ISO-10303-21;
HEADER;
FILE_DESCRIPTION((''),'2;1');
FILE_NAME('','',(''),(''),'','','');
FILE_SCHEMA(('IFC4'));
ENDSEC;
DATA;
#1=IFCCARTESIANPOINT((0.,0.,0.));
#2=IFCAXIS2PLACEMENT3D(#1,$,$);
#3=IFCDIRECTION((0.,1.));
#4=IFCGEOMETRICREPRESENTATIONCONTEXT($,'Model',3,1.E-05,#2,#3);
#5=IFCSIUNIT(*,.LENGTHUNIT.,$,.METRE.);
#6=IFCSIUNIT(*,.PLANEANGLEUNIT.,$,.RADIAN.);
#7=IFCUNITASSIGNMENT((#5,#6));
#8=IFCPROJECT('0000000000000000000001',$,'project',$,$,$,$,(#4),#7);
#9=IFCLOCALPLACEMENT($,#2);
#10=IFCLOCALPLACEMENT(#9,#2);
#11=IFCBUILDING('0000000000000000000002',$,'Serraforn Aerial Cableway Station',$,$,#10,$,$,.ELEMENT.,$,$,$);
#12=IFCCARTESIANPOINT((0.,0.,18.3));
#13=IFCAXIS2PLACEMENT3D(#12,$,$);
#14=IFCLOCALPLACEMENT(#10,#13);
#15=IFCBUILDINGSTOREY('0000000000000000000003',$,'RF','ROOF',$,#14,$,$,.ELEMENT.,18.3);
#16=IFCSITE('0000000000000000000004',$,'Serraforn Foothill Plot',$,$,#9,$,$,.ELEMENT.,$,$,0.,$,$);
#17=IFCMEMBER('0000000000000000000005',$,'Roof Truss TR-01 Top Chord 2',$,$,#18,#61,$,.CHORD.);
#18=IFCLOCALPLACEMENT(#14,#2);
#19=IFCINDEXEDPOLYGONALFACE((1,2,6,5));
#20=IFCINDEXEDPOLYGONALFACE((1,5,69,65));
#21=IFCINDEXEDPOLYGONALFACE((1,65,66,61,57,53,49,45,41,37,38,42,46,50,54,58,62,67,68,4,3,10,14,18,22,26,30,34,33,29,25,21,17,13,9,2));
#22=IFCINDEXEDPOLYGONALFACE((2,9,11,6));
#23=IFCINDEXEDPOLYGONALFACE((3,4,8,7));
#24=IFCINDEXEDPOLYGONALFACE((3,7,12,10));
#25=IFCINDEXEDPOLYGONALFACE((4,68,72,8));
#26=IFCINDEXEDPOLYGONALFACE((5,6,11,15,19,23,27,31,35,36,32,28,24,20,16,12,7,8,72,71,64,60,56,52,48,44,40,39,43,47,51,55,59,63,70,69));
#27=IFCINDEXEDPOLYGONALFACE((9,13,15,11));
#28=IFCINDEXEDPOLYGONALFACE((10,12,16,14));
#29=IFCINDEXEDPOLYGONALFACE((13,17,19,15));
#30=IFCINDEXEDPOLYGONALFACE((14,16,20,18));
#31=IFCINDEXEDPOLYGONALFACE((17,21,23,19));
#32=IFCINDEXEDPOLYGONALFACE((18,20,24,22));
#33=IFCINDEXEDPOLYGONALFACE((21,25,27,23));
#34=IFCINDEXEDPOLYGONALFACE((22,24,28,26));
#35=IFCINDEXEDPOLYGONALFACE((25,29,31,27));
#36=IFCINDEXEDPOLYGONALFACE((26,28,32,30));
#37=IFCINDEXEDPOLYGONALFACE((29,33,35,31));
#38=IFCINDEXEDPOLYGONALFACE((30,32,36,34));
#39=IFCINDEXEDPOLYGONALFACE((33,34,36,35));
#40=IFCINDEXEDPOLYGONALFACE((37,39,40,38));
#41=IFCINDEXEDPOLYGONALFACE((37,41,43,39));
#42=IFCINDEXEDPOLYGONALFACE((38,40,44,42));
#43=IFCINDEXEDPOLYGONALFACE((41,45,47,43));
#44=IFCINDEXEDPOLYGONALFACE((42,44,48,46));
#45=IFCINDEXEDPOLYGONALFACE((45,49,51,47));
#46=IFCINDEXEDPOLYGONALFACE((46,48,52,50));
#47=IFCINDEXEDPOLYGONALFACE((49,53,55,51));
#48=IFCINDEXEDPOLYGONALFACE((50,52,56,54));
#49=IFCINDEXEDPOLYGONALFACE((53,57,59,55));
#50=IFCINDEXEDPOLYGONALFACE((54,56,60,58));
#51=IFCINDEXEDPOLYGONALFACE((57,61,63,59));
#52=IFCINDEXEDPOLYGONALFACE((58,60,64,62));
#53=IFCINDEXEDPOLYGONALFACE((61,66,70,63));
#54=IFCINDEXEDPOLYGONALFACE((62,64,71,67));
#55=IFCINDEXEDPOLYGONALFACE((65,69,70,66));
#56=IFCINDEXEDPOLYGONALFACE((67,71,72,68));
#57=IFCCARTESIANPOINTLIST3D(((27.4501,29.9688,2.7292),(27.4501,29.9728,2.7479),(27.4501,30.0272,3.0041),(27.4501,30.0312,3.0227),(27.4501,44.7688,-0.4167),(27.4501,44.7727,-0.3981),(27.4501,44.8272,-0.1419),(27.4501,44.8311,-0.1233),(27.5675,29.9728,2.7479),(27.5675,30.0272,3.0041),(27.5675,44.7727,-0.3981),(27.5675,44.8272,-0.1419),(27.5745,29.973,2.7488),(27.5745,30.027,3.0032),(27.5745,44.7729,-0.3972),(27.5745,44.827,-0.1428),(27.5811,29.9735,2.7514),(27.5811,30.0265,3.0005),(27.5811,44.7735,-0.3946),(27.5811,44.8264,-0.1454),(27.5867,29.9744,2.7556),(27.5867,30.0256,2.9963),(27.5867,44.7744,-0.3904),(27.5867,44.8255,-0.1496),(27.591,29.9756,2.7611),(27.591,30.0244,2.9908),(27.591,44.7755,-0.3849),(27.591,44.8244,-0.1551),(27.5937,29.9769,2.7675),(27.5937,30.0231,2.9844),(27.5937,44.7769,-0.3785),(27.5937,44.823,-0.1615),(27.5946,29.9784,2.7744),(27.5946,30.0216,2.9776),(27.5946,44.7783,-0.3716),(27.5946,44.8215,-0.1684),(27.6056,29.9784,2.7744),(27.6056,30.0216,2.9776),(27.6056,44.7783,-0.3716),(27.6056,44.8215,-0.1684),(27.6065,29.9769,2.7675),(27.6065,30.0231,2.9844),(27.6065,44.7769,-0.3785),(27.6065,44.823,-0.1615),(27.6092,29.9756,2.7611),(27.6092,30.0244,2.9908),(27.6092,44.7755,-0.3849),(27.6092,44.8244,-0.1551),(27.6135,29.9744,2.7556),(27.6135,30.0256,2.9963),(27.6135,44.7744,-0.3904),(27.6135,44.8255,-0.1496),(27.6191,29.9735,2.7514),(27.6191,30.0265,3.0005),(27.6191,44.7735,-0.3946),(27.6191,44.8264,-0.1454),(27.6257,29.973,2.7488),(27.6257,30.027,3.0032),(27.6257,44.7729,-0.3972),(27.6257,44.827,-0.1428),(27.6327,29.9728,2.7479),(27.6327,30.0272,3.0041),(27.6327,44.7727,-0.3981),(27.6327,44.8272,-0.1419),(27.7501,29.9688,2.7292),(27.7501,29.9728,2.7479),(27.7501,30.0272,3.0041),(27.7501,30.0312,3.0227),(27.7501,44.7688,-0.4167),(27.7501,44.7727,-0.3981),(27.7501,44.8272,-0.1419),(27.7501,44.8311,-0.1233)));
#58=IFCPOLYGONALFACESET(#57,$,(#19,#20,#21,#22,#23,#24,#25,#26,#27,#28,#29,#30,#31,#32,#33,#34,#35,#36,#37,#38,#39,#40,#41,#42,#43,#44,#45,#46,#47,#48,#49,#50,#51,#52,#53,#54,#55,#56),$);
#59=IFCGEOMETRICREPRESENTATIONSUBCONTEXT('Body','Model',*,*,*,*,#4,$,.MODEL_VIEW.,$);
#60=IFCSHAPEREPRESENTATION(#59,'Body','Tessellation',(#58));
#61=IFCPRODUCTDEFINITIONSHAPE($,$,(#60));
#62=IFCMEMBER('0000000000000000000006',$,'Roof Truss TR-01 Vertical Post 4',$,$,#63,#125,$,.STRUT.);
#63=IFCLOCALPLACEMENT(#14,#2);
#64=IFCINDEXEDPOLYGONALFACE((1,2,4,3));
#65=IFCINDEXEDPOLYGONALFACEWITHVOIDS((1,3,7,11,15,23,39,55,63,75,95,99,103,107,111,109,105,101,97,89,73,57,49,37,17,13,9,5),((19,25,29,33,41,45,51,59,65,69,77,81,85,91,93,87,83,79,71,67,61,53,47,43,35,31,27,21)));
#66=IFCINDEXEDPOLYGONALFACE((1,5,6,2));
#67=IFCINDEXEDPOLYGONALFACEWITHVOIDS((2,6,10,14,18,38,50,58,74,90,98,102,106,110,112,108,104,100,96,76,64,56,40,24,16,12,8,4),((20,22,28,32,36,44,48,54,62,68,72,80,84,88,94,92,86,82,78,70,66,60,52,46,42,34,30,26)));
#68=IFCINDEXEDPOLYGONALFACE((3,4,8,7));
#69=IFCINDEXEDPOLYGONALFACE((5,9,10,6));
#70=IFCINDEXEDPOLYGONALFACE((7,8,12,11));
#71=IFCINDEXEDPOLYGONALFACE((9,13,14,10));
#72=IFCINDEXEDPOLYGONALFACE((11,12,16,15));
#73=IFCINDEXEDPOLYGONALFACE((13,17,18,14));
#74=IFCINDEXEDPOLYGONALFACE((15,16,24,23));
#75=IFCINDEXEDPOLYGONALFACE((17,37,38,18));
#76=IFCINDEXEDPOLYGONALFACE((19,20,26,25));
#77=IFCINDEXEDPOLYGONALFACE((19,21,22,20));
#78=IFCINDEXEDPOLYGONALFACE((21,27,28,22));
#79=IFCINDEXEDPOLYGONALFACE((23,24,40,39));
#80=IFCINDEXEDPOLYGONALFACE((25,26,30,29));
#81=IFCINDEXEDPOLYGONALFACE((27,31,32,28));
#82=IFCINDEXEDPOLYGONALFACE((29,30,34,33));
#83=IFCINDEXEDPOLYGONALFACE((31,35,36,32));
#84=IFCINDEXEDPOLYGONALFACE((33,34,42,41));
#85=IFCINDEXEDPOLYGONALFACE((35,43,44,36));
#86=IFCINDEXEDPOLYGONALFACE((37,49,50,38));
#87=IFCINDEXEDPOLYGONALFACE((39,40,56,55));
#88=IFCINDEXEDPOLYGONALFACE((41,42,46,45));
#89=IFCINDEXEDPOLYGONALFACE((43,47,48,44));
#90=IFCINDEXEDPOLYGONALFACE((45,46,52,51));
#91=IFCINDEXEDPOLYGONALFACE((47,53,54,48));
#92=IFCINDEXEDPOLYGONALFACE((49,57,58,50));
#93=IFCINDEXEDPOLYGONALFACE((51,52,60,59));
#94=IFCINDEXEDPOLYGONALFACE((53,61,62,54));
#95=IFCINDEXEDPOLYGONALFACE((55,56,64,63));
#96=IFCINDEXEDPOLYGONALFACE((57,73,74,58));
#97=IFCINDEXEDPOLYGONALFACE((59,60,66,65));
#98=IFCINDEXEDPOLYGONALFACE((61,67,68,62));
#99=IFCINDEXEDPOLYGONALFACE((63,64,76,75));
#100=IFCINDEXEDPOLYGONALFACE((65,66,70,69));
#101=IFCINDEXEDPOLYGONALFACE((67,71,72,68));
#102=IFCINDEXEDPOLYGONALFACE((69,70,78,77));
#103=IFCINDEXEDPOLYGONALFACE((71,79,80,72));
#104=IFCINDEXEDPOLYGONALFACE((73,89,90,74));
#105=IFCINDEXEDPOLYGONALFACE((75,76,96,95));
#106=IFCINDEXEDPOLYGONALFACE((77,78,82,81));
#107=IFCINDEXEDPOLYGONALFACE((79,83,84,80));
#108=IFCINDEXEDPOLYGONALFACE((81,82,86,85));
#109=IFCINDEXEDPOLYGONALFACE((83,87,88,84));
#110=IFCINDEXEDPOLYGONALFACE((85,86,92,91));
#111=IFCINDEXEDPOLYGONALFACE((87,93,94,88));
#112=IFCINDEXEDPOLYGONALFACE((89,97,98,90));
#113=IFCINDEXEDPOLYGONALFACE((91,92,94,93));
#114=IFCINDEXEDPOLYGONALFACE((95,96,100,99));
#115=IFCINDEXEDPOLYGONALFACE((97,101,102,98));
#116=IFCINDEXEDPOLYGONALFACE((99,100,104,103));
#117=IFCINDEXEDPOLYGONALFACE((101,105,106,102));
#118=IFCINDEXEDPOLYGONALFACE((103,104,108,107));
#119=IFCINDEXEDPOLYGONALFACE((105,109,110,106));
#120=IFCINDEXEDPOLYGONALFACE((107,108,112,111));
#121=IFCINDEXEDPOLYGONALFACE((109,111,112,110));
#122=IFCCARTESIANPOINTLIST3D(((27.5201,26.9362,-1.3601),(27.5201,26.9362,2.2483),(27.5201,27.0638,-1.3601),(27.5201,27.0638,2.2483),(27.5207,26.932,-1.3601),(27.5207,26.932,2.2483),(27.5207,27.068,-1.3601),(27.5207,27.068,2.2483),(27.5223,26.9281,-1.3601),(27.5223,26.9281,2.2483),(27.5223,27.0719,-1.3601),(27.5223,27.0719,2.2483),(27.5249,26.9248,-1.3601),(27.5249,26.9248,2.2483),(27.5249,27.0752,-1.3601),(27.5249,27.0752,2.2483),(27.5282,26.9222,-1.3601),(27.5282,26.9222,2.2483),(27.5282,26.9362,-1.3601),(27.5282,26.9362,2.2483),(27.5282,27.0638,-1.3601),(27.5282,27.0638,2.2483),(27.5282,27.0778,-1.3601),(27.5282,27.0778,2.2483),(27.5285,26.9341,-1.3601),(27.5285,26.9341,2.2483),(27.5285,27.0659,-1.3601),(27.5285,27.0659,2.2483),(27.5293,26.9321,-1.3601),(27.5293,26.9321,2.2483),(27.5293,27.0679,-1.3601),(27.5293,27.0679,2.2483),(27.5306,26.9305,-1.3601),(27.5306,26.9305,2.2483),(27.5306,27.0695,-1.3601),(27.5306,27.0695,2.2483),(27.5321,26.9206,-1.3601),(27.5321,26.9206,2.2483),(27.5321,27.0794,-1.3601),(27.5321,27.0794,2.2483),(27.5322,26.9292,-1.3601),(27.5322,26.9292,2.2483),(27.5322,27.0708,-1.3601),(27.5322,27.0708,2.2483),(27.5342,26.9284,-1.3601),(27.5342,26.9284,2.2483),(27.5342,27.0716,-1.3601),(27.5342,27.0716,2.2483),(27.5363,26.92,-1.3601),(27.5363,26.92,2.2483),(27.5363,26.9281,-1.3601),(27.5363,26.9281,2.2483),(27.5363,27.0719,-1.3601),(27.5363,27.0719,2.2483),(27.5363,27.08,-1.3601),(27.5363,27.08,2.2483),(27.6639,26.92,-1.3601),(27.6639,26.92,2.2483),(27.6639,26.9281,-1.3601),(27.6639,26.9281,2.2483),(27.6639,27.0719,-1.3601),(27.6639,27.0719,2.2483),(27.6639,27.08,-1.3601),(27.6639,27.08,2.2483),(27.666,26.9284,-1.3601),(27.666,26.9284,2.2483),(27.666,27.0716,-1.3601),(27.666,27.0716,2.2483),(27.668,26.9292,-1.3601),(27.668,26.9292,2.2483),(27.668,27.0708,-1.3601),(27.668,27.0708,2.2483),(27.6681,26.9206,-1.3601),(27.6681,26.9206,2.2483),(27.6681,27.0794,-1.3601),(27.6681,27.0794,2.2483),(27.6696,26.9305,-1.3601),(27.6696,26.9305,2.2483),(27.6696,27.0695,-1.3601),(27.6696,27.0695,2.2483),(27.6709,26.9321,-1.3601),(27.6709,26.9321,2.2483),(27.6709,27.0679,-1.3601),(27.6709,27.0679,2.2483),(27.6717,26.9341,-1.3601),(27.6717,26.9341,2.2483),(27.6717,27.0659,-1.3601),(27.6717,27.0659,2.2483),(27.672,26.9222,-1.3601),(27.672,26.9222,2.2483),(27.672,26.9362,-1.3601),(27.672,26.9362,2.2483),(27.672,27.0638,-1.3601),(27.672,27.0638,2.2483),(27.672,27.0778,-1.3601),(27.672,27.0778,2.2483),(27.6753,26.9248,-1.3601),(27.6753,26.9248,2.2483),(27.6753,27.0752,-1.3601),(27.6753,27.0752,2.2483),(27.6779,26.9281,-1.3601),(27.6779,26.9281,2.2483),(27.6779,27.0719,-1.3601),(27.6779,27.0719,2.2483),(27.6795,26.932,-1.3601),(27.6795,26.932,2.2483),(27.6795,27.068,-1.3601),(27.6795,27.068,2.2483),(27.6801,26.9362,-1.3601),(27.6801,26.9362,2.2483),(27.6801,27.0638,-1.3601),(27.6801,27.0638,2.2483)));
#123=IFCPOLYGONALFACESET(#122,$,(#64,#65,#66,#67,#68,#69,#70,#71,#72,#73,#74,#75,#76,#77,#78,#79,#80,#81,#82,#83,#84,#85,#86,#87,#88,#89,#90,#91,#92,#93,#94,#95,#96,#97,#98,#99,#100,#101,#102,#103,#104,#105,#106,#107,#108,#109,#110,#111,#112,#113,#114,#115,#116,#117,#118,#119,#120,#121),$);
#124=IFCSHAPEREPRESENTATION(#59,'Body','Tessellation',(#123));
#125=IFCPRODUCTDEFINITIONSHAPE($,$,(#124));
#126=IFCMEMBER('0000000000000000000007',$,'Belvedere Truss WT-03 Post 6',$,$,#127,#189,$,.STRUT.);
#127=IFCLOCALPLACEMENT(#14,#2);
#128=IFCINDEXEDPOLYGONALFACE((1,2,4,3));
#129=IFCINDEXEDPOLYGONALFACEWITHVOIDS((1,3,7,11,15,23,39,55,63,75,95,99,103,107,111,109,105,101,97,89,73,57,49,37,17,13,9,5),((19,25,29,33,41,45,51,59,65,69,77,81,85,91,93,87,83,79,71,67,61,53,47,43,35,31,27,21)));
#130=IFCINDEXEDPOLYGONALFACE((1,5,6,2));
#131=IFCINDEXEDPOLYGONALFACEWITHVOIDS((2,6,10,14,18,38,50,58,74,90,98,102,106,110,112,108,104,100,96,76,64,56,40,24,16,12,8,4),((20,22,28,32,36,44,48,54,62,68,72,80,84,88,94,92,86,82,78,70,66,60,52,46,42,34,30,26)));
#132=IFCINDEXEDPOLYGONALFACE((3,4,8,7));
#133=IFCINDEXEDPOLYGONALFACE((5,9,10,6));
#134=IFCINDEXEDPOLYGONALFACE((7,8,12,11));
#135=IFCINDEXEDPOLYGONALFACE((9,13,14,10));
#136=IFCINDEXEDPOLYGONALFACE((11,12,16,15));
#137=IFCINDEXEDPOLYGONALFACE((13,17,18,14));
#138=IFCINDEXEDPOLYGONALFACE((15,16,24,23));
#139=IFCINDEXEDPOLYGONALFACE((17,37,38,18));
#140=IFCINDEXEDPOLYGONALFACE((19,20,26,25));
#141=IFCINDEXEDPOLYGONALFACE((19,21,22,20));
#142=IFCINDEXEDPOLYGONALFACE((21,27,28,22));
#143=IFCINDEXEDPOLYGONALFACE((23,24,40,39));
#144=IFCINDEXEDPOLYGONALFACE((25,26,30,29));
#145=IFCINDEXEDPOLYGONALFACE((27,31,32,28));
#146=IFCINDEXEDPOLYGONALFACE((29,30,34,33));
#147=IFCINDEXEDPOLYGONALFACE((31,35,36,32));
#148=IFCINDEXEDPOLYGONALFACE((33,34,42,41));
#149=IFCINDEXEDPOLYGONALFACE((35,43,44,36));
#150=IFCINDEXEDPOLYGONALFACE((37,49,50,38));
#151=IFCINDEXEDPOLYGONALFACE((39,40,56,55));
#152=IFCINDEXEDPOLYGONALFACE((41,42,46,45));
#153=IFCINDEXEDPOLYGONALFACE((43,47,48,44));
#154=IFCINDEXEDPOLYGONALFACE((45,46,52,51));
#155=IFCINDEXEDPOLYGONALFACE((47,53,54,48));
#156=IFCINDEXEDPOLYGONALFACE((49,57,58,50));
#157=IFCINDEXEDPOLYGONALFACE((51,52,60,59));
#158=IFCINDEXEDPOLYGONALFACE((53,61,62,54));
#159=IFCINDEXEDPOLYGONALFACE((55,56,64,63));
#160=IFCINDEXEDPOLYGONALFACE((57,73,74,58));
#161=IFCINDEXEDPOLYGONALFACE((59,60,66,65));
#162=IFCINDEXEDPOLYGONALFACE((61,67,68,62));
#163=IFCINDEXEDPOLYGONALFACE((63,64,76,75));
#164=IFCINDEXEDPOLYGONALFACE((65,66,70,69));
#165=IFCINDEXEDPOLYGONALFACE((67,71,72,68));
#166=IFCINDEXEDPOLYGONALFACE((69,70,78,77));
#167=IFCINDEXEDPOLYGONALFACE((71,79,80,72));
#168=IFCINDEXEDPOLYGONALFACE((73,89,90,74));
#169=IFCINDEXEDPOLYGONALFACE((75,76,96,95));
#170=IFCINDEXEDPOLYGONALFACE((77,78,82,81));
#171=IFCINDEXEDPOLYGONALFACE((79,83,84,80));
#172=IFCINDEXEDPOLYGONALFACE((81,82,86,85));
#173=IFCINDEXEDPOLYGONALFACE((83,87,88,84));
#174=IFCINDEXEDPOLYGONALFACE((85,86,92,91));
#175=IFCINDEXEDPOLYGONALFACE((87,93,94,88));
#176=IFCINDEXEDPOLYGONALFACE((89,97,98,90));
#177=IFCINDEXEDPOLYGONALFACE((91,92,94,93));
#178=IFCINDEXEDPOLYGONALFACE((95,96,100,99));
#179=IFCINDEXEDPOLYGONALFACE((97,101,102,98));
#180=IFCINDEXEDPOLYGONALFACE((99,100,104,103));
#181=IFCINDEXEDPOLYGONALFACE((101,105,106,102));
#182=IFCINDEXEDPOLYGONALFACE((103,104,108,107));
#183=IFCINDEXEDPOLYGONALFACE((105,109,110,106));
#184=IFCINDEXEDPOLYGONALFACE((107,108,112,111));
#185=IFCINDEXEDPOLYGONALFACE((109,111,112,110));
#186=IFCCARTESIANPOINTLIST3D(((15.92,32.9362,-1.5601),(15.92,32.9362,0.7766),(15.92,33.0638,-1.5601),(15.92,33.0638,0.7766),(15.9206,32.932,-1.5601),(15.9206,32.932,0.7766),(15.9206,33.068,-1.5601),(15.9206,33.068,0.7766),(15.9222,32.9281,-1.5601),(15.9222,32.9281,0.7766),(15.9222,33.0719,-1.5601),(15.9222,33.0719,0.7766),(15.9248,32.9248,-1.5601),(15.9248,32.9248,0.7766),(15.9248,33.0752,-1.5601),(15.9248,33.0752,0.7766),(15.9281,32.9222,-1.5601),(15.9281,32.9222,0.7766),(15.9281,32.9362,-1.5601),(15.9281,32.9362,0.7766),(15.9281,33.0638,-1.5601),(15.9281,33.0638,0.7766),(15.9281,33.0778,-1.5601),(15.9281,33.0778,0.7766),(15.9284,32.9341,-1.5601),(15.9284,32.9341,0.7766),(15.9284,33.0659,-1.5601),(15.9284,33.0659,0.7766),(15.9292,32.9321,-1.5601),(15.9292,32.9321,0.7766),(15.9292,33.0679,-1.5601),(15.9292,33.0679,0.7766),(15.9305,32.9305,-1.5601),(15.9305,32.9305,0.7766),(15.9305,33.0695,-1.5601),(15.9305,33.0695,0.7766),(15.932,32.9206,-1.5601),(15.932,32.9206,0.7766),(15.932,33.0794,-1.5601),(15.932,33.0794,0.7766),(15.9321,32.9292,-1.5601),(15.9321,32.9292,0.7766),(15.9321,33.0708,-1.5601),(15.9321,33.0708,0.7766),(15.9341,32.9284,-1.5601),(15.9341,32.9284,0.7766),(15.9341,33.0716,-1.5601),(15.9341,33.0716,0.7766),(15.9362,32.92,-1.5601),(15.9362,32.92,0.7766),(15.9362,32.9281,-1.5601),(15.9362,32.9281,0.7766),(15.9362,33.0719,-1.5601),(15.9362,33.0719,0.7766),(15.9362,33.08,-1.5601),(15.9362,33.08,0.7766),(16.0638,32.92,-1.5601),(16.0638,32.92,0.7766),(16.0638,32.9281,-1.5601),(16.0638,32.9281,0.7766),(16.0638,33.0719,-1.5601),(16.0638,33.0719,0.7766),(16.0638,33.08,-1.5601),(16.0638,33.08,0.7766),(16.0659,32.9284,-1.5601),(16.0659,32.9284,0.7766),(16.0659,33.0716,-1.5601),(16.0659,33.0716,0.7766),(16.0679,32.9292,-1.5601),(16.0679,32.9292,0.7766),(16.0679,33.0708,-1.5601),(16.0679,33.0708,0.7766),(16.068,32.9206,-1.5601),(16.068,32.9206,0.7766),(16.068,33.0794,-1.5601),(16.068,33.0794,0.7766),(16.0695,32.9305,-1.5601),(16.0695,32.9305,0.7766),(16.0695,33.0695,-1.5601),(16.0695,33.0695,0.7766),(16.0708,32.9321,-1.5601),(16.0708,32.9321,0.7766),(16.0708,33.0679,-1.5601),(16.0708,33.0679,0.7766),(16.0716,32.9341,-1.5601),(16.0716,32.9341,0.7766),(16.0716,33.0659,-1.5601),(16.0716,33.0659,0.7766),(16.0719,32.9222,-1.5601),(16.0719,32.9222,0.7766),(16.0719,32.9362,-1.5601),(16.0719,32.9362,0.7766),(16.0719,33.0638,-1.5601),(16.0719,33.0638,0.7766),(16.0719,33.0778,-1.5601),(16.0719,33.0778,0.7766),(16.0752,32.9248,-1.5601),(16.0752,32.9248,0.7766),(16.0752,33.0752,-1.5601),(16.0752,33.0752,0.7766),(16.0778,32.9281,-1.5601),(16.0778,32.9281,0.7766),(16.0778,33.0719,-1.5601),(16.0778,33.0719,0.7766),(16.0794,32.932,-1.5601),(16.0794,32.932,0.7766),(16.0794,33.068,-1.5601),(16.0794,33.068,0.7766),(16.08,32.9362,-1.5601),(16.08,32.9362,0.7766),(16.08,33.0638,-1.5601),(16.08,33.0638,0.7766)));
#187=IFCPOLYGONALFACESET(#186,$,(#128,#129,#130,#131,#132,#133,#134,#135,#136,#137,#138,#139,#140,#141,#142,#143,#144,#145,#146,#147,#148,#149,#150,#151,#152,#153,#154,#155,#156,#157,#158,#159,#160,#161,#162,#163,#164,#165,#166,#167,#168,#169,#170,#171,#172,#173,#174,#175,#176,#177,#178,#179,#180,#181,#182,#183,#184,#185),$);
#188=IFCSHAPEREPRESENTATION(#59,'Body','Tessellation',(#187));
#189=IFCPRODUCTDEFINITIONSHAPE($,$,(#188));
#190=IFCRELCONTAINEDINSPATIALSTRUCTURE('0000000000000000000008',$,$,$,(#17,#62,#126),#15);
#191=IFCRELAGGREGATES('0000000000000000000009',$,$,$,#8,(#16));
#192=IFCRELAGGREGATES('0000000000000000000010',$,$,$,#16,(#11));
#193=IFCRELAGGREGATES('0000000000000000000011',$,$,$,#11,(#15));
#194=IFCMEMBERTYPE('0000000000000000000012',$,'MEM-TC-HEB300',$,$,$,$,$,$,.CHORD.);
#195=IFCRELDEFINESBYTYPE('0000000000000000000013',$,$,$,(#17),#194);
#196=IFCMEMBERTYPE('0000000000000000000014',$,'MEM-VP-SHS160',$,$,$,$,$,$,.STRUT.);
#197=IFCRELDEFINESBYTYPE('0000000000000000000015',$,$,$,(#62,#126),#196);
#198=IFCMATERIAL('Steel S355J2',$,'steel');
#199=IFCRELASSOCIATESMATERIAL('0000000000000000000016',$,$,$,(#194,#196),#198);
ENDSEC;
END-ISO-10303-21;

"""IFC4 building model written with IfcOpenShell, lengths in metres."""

from ifc_helpers import new_model, si_unit, direction, frame, origin, origin_2d, place, context, subcontext, project, spatial, hollow_rectangle, i_section, extrude, material, material_profile, profile_set, type_object, element, save


model = new_model("IFC4")

# Units and contexts
model_context = context("Model", 3, precision=1e-05, world=origin(), true_north=direction((0.0, 1.0)))
body_context = subcontext(model_context, "Body", "Model", "MODEL_VIEW")
ifc_project = project(units=[si_unit("LENGTHUNIT", "METRE"), si_unit("PLANEANGLEUNIT", "RADIAN")], contexts=[model_context])

# Site, building, storey
site_placement = place(None, origin())
site = spatial("IfcSite", under=ifc_project, at=site_placement, Name="Serraforn Foothill Plot", CompositionType="ELEMENT", RefElevation=0.0)
building_placement = place(site_placement, origin())
building = spatial("IfcBuilding", under=site, at=building_placement, Name="Serraforn Aerial Cableway Station", CompositionType="ELEMENT")
storey_placement = place(building_placement, frame((0.0, 0.0, 18.3)))
storey = spatial("IfcBuildingStorey", under=building, at=storey_placement, Name="RF", Description="ROOF", CompositionType="ELEMENT", Elevation=18.3)

# Members
ifc_material_1 = material(Name="Steel S355J2", Category="steel")
ifc_material_profile_1 = material_profile(ifc_material_1, i_section(OverallWidth=0.3, OverallDepth=0.3, WebThickness=0.011, FlangeThickness=0.019, FilletRadius=0.0271, at=origin_2d()), Name="HEB 300")
ifc_profile_set_1 = profile_set([ifc_material_profile_1], Name="Steel S355J2")
member_type_1 = type_object("IfcMemberType", Name="MEM-TC-HEB300", PredefinedType="CHORD", material=ifc_profile_set_1)
member_1_placement = place(storey_placement, frame((27.6001, 30.0, 2.876), z_axis=(0.0, 0.978146, -0.207921), x_axis=(-1.0, 0.0, 0.0)))
element("IfcMember", 1, at=member_1_placement, inside=storey, type_object=member_type_1, Name="Roof Truss TR-01 Top Chord 2", PredefinedType="CHORD", context=body_context, shape_type="SweptSolid", body=[
    extrude(i_section(OverallWidth=0.3, OverallDepth=0.3, WebThickness=0.011, FlangeThickness=0.019, FilletRadius=0.0271, at=origin_2d()), origin(), (0.0, 0.0, 1.0), 15.1306),
])
ifc_material_profile_2 = material_profile(ifc_material_1, hollow_rectangle(XDim=0.1599, YDim=0.1599, WallThickness=0.0081, InnerFilletRadius=0.0081, OuterFilletRadius=0.0161, at=origin_2d()), Name="SHS 160x160x8.0")
ifc_profile_set_2 = profile_set([ifc_material_profile_2], Name="Steel S355J2")
member_type_2 = type_object("IfcMemberType", Name="MEM-VP-SHS160", PredefinedType="STRUT", material=ifc_profile_set_2)
member_2_placement = place(storey_placement, frame((27.6001, 27.0, -1.3601), z_axis=(0.0, 0.0, 1.0), x_axis=(1.0, 0.0, 0.0)))
element("IfcMember", 2, at=member_2_placement, inside=storey, type_object=member_type_2, Name="Roof Truss TR-01 Vertical Post 4", PredefinedType="STRUT", context=body_context, shape_type="SweptSolid", body=[
    extrude(hollow_rectangle(XDim=0.1599, YDim=0.1599, WallThickness=0.0081, InnerFilletRadius=0.0081, OuterFilletRadius=0.0161, at=origin_2d()), origin(), (0.0, 0.0, 1.0), 3.6084),
])
member_3_placement = place(storey_placement, frame((16.0, 33.0, -1.5601), z_axis=(0.0, 0.0, 1.0), x_axis=(1.0, 0.0, 0.0)))
element("IfcMember", 3, at=member_3_placement, inside=storey, type_object=member_type_2, Name="Belvedere Truss WT-03 Post 6", PredefinedType="STRUT", context=body_context, shape_type="SweptSolid", body=[
    extrude(hollow_rectangle(XDim=0.1599, YDim=0.1599, WallThickness=0.0081, InnerFilletRadius=0.0081, OuterFilletRadius=0.0161, at=origin_2d()), origin(), (0.0, 0.0, 1.0), 2.3367),
])

save(model, "model.ifc")
